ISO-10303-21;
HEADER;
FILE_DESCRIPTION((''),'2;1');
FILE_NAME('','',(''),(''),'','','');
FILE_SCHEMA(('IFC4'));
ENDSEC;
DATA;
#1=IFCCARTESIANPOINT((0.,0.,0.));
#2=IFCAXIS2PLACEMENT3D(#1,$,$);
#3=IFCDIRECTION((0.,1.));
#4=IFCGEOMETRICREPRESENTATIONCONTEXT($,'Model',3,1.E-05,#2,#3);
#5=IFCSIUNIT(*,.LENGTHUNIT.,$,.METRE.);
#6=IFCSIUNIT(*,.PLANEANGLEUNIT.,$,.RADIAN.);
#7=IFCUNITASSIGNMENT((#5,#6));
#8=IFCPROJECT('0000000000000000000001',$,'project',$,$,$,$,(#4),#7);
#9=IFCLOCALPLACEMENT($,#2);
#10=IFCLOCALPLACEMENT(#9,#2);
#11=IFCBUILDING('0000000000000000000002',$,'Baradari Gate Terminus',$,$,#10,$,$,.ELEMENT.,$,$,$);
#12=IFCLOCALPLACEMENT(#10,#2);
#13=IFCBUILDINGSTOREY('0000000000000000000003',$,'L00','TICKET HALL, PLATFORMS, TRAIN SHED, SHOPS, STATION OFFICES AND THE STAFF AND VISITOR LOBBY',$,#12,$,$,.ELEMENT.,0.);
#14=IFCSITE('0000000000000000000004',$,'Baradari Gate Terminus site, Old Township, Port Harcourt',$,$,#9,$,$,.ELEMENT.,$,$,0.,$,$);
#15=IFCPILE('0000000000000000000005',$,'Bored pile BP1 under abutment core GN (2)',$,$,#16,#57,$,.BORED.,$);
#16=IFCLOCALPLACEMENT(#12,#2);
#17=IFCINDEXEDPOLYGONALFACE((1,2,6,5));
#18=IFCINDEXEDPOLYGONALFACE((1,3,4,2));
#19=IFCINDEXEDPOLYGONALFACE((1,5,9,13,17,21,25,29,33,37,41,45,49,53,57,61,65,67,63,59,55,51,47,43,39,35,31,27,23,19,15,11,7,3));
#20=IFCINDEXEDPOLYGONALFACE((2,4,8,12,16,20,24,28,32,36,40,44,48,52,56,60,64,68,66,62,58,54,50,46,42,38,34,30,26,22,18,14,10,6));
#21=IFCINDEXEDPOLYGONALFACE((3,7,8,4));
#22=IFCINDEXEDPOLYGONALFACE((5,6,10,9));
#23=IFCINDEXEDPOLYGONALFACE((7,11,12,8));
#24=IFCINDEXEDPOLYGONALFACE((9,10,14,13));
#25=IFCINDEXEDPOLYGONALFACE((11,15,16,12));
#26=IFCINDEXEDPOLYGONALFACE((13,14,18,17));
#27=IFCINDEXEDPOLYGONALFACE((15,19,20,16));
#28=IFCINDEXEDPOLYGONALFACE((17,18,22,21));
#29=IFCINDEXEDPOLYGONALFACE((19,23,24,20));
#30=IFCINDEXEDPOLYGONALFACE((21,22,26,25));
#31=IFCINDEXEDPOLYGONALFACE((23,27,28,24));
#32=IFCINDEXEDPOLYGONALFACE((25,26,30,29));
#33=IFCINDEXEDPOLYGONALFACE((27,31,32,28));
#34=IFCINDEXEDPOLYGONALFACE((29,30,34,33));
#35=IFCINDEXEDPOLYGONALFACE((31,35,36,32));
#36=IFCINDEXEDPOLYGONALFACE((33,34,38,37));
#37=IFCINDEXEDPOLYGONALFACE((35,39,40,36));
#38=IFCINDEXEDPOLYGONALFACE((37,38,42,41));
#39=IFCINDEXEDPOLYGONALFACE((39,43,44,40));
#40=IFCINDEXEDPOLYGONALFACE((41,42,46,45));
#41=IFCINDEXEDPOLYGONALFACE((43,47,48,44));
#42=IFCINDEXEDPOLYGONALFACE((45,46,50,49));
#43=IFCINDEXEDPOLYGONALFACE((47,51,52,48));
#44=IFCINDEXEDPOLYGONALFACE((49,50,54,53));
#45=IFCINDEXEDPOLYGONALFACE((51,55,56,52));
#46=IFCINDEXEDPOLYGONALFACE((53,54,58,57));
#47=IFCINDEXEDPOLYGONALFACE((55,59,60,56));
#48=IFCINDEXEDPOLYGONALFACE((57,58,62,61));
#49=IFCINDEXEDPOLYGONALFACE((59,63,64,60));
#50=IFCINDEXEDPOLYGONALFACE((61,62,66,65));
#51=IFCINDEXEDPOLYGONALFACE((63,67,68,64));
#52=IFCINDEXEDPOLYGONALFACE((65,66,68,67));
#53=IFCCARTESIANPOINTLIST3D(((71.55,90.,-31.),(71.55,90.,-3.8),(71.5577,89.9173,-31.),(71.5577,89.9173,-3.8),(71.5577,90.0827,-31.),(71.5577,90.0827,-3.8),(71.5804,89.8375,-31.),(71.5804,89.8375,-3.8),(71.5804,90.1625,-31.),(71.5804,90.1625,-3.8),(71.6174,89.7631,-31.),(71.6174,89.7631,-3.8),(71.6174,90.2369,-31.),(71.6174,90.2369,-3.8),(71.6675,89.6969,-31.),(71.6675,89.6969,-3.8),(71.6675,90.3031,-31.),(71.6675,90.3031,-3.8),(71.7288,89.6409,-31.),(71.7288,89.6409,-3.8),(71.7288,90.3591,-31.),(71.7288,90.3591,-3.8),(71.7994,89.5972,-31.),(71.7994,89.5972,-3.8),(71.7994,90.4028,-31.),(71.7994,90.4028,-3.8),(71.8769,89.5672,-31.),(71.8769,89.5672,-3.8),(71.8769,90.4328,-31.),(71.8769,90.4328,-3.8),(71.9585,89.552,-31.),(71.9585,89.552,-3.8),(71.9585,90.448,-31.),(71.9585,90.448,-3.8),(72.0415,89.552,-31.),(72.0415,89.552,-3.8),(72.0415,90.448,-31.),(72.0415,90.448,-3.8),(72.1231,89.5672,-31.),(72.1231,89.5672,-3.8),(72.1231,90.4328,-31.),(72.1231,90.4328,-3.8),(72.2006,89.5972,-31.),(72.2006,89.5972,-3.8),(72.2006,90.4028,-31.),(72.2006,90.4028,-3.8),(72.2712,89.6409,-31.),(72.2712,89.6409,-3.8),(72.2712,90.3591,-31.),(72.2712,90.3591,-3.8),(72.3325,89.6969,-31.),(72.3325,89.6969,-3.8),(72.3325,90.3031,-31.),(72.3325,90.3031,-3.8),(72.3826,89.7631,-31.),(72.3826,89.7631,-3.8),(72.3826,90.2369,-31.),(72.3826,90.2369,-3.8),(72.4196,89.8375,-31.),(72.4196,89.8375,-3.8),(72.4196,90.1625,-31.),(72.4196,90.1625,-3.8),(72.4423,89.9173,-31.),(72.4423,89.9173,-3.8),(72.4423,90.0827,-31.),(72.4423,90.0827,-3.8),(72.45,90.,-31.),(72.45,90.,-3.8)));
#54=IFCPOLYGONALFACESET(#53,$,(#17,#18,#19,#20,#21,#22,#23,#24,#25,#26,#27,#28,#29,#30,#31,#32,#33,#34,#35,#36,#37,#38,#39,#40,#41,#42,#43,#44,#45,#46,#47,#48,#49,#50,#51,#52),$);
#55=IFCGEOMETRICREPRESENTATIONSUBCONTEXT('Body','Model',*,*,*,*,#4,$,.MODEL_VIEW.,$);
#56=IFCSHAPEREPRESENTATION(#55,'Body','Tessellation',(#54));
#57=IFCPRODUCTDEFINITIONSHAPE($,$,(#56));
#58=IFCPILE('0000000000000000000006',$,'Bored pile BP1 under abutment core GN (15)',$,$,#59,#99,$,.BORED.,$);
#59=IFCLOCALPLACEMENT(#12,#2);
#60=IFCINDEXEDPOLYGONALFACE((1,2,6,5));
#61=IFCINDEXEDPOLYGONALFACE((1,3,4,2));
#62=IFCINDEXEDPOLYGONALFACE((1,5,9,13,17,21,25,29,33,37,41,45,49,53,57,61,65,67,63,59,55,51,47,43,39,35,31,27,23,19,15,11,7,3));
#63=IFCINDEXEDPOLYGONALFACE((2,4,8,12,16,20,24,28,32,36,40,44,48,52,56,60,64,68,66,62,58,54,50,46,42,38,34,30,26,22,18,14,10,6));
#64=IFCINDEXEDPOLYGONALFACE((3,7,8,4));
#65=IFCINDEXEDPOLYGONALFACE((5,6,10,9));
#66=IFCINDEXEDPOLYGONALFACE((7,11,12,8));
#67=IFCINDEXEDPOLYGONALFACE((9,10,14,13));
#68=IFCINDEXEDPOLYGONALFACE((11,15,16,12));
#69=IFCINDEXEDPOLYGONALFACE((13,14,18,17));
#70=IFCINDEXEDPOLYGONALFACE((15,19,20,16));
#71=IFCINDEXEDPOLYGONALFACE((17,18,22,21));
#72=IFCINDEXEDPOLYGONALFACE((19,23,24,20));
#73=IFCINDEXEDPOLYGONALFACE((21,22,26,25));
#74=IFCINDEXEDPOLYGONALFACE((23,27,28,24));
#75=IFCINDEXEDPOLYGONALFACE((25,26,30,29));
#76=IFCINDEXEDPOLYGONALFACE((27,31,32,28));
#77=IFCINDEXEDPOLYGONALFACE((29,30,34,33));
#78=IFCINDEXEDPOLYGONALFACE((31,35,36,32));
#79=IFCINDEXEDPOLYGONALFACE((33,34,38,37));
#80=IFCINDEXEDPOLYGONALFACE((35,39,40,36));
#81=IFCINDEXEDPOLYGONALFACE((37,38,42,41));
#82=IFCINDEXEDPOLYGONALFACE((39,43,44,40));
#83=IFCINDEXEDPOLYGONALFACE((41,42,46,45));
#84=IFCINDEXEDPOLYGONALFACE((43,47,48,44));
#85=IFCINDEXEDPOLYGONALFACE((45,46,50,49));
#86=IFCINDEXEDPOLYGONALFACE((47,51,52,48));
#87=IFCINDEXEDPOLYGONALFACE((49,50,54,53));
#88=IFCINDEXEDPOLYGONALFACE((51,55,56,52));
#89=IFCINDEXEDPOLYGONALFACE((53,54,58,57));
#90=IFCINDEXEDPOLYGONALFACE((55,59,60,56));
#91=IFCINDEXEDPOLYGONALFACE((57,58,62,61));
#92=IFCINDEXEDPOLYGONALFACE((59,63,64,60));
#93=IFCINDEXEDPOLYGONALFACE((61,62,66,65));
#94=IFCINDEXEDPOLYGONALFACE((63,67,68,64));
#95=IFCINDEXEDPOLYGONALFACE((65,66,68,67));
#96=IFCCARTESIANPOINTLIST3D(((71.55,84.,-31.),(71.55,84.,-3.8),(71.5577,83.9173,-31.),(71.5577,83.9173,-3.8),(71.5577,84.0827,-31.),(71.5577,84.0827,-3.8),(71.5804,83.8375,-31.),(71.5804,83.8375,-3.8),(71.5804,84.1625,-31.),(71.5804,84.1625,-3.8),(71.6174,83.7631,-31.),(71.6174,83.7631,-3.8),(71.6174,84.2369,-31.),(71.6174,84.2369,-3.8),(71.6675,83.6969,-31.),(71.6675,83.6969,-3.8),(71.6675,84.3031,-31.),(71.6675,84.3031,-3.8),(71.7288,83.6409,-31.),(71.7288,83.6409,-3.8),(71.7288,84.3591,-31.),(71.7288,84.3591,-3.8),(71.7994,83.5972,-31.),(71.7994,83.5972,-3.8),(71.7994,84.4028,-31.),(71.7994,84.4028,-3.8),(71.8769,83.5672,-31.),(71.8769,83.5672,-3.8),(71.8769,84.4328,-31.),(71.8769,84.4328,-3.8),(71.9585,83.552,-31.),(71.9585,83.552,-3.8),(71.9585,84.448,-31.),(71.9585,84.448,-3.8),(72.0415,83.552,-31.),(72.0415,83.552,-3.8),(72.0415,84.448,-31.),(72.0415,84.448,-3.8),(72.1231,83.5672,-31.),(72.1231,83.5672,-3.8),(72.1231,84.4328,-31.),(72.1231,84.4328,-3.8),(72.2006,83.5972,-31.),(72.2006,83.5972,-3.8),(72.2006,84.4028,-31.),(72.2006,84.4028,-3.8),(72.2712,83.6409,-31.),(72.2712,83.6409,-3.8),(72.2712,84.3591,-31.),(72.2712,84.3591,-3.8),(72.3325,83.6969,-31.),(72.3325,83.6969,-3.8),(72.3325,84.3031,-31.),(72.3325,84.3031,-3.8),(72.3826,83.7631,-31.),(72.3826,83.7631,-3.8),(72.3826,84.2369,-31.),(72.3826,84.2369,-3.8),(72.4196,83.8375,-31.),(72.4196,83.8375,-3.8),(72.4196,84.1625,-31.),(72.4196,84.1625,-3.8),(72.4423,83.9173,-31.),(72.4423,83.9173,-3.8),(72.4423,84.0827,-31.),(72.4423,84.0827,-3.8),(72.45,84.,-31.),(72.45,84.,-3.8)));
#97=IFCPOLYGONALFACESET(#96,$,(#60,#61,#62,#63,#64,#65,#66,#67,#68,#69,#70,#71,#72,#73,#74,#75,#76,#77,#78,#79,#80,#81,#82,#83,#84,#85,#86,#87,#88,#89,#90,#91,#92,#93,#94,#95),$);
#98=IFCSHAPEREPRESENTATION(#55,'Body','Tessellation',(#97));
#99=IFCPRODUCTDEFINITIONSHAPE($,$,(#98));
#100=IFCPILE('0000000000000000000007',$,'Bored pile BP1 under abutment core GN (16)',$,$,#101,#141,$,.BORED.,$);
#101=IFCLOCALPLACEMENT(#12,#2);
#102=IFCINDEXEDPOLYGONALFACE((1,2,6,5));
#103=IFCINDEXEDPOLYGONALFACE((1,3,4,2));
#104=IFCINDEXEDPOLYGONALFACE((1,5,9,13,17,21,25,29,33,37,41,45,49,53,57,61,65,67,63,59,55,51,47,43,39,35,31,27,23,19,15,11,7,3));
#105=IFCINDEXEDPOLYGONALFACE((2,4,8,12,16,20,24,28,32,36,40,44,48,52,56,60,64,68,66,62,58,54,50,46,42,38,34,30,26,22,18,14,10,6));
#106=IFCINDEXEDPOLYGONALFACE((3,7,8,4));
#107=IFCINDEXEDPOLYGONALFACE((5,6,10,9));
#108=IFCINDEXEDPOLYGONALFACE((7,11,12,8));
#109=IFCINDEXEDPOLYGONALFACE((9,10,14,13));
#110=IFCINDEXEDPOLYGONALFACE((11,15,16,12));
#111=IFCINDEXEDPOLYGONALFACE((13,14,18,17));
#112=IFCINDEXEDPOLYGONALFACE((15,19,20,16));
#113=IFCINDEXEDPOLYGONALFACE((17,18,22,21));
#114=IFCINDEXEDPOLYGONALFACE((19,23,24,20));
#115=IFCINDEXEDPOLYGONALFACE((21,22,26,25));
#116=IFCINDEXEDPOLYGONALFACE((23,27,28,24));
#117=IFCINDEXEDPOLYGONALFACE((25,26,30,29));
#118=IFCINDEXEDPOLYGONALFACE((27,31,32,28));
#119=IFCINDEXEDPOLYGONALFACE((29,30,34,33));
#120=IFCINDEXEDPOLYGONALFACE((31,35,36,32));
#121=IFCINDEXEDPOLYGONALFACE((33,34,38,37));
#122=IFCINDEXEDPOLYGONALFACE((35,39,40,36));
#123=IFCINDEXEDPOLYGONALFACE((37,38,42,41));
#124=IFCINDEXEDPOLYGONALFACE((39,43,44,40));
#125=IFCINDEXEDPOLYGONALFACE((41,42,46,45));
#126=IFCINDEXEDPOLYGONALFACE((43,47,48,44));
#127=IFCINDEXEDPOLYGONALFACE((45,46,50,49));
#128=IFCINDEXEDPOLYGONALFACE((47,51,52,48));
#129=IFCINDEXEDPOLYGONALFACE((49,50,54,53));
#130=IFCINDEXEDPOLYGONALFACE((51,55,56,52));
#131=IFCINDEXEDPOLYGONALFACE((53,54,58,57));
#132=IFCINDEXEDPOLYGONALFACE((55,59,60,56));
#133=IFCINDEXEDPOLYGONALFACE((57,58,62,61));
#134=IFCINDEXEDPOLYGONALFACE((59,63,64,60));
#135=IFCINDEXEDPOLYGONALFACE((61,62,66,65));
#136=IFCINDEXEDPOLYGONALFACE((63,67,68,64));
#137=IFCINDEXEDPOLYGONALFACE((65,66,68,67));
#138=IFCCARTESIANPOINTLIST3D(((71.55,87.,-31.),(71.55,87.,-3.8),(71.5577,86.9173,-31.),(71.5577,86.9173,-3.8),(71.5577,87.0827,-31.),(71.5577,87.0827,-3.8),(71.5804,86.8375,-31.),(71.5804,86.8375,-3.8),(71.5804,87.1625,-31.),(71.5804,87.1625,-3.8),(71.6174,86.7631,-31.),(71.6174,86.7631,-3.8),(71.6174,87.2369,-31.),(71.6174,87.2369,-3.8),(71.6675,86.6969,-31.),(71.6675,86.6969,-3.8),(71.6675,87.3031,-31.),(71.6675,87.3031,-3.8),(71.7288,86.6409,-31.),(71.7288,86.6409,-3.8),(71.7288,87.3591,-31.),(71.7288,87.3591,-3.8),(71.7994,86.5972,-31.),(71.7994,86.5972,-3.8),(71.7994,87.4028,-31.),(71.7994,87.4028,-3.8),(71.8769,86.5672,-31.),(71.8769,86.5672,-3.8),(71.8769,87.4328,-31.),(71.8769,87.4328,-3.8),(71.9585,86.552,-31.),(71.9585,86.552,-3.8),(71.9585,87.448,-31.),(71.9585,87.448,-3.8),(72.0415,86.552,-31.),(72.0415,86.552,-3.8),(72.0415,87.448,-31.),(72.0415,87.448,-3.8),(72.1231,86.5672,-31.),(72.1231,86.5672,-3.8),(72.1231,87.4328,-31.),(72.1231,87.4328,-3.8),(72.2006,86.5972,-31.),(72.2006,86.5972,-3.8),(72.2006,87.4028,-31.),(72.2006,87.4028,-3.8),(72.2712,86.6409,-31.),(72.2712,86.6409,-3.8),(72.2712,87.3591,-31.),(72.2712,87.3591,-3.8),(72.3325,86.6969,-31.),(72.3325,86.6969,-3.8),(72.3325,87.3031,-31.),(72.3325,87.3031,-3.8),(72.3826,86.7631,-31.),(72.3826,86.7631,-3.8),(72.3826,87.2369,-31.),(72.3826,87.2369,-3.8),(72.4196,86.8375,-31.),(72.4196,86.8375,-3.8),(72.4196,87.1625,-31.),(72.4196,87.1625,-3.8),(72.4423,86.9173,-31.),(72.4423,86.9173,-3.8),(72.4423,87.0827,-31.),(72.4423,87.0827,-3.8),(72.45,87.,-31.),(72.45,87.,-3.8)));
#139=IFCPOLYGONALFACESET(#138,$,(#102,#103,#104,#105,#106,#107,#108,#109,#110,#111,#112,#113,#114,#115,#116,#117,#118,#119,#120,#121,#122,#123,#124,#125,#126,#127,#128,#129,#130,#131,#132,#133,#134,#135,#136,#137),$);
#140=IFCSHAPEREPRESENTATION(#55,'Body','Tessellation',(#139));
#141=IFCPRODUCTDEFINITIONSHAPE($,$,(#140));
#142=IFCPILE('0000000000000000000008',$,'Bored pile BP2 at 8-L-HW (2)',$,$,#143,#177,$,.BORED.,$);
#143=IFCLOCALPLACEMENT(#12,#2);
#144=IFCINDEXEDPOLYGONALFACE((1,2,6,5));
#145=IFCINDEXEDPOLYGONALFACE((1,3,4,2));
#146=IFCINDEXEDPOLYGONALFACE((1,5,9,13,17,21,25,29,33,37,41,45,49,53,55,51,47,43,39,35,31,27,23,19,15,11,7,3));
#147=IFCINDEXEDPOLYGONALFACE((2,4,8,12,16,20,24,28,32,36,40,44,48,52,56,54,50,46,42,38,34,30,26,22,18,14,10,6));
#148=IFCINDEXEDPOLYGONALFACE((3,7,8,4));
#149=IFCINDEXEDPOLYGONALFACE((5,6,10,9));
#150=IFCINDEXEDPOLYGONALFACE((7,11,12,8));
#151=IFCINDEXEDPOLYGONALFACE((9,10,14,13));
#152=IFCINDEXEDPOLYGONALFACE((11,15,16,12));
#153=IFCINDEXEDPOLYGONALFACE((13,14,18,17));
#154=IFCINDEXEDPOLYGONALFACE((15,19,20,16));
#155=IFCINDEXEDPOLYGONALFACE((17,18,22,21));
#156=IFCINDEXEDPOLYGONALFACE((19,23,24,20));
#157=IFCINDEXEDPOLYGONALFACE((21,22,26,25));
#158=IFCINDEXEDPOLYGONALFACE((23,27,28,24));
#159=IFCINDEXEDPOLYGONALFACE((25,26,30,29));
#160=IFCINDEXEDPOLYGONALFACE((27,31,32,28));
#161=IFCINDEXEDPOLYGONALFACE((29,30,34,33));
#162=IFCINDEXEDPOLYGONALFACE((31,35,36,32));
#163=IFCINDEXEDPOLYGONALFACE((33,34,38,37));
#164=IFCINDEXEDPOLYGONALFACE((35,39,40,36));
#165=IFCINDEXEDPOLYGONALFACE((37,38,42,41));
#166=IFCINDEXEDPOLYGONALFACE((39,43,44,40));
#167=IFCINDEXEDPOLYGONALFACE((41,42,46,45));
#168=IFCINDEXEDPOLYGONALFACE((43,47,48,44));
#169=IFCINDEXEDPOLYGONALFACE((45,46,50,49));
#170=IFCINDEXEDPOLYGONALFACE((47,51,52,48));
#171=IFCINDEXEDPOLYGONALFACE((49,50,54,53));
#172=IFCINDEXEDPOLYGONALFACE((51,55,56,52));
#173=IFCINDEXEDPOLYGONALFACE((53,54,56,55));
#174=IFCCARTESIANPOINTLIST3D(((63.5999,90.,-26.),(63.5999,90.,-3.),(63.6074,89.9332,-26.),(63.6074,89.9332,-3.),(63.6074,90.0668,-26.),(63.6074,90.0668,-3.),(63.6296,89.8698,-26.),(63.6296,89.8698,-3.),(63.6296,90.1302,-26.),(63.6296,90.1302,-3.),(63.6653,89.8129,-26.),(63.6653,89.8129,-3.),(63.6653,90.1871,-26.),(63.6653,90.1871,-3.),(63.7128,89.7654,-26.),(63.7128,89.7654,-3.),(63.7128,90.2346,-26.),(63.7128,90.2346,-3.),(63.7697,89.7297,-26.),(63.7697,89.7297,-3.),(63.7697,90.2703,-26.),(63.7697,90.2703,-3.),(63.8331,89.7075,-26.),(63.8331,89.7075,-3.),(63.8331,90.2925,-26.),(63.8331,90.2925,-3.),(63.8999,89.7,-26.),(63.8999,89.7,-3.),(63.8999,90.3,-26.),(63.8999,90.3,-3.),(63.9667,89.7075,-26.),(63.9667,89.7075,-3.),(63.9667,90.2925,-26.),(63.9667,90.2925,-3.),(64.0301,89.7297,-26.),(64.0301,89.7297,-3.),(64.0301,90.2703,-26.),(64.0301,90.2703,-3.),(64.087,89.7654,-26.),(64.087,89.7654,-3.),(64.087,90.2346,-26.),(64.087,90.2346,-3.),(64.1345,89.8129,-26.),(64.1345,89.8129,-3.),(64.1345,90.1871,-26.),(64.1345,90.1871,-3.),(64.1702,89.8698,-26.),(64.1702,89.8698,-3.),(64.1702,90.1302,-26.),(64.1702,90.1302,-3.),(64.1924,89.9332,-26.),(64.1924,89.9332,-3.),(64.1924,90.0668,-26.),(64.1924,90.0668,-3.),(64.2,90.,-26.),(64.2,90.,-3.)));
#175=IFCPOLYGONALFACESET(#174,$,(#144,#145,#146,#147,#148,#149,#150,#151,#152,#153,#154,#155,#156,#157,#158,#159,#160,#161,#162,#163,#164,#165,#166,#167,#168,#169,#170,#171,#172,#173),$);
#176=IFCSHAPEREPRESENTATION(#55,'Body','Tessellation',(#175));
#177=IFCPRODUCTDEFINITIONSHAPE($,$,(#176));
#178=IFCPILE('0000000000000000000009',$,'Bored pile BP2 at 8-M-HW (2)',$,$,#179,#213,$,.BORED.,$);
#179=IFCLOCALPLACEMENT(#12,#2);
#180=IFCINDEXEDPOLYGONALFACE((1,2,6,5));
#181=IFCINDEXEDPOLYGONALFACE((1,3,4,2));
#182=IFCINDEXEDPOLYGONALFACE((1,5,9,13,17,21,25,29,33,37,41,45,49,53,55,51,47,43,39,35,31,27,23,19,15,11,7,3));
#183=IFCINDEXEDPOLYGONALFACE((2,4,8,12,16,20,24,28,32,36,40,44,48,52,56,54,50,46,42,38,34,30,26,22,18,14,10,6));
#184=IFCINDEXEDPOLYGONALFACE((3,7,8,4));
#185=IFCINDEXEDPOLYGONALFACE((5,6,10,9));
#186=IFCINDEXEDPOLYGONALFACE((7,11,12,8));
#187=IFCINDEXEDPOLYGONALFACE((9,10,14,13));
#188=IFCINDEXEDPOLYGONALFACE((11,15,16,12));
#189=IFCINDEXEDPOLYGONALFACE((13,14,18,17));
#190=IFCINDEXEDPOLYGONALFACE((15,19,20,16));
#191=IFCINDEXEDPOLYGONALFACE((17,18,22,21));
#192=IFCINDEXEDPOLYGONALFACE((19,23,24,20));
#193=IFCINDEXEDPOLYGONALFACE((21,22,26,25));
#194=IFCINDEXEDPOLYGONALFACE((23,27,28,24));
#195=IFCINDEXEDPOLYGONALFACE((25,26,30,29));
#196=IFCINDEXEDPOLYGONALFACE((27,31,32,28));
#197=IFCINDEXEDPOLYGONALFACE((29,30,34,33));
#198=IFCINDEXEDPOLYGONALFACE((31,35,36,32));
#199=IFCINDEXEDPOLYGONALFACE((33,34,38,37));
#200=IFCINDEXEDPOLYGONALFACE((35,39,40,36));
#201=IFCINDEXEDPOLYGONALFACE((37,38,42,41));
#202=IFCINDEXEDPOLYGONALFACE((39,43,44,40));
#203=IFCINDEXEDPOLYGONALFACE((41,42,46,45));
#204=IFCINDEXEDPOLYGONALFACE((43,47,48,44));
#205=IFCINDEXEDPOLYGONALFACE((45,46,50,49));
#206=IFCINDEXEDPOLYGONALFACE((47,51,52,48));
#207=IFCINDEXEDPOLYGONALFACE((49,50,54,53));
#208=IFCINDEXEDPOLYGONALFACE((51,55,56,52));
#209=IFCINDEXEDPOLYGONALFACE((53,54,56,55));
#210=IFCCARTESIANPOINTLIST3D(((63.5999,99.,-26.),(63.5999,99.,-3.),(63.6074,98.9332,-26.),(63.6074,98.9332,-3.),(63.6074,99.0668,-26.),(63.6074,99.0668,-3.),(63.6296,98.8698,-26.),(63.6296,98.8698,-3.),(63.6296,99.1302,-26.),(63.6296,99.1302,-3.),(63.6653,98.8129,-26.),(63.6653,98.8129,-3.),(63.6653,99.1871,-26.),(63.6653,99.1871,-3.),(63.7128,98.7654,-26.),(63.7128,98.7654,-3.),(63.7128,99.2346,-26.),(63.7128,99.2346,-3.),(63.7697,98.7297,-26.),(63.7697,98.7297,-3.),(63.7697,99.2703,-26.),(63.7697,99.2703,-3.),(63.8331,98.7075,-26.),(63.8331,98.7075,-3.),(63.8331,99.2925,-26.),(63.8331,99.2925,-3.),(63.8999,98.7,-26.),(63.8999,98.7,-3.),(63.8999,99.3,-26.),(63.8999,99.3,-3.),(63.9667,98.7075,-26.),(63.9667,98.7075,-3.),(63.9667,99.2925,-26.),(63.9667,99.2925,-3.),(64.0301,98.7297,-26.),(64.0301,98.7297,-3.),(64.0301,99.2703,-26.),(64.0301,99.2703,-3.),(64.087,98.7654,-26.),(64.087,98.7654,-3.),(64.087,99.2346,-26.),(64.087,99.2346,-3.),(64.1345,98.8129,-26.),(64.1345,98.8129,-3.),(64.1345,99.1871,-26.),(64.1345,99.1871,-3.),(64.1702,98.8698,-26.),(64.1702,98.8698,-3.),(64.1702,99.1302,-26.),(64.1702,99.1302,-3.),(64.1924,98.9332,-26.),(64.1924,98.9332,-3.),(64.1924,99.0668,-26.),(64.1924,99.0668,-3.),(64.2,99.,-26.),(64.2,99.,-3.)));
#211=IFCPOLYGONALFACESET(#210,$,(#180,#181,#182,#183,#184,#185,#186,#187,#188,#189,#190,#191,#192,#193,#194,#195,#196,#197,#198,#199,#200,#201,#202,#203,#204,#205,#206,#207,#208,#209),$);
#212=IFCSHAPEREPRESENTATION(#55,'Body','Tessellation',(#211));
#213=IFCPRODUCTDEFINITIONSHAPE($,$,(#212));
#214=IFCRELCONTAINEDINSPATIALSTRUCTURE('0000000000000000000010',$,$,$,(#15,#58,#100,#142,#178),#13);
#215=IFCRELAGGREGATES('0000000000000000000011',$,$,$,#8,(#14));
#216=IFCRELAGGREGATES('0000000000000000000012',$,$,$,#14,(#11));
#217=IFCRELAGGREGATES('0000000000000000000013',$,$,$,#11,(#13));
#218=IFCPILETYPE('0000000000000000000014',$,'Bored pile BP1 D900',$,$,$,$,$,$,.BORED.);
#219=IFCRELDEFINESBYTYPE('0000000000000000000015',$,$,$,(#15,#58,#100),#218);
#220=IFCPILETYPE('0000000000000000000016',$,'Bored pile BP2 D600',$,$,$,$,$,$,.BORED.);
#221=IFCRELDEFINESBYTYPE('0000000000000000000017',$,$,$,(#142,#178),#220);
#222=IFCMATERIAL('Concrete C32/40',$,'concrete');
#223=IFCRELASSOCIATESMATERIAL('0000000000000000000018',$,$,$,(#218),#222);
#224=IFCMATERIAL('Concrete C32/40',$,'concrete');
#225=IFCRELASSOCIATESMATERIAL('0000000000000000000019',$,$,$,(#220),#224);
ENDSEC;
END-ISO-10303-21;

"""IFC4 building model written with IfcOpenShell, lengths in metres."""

from ifc_helpers import new_model, si_unit, direction, frame, origin, origin_2d, place, context, subcontext, project, spatial, circle, extrude, material, type_object, element, save


model = new_model("IFC4")

# Units and contexts
model_context = context("Model", 3, precision=1e-05, world=origin(), true_north=direction((0.0, 1.0)))
body_context = subcontext(model_context, "Body", "Model", "MODEL_VIEW")
ifc_project = project(units=[si_unit("LENGTHUNIT", "METRE"), si_unit("PLANEANGLEUNIT", "RADIAN")], contexts=[model_context])

# Site, building, storey
site_placement = place(None, origin())
site = spatial("IfcSite", under=ifc_project, at=site_placement, Name="Baradari Gate Terminus site, Old Township, Port Harcourt", CompositionType="ELEMENT", RefElevation=0.0)
building_placement = place(site_placement, origin())
building = spatial("IfcBuilding", under=site, at=building_placement, Name="Baradari Gate Terminus", CompositionType="ELEMENT")
storey_placement = place(building_placement, origin())
storey = spatial("IfcBuildingStorey", under=building, at=storey_placement, Name="L00", Description="TICKET HALL, PLATFORMS, TRAIN SHED, SHOPS, STATION OFFICES AND THE STAFF AND VISITOR LOBBY", CompositionType="ELEMENT", Elevation=0.0)

# Piles
ifc_material_1 = material(Name="Concrete C32/40", Category="concrete")
pile_type_1 = type_object("IfcPileType", Name="Bored pile BP1 D900", PredefinedType="BORED", material=ifc_material_1)
for number, where, z_axis, x_axis, name in (
    (1, (72.0, 90.0, -3.8), (0.0, 0.0, -1.0), (1.0, 0.0, 0.0), "Bored pile BP1 under abutment core GN (2)"),
    (2, (72.0, 84.0, -3.8), (0.0, 0.0, -1.0), (1.0, 0.0, 0.0), "Bored pile BP1 under abutment core GN (15)"),
    (3, (72.0, 87.0, -3.8), (0.0, 0.0, -1.0), (1.0, 0.0, 0.0), "Bored pile BP1 under abutment core GN (16)"),
):
    element("IfcPile", number, at=place(storey_placement, frame(where, z_axis=z_axis, x_axis=x_axis)), inside=storey, type_object=pile_type_1, Name=name, PredefinedType="BORED", context=body_context, shape_type="SweptSolid", body=[
        extrude(circle(Radius=0.45, at=origin_2d()), origin(), (0.0, 0.0, 1.0), 27.2),
    ])
ifc_material_2 = material(Name="Concrete C32/40", Category="concrete")
pile_type_2 = type_object("IfcPileType", Name="Bored pile BP2 D600", PredefinedType="BORED", material=ifc_material_2)
for number, where, z_axis, x_axis, name in (
    (4, (63.8999, 90.0, -3.0), (0.0, 0.0, -1.0), (1.0, 0.0, 0.0), "Bored pile BP2 at 8-L-HW (2)"),
    (5, (63.8999, 99.0, -3.0), (0.0, 0.0, -1.0), (1.0, 0.0, 0.0), "Bored pile BP2 at 8-M-HW (2)"),
):
    element("IfcPile", number, at=place(storey_placement, frame(where, z_axis=z_axis, x_axis=x_axis)), inside=storey, type_object=pile_type_2, Name=name, PredefinedType="BORED", context=body_context, shape_type="SweptSolid", body=[
        extrude(circle(Radius=0.3, at=origin_2d()), origin(), (0.0, 0.0, 1.0), 23.0),
    ])

save(model, "model.ifc")
